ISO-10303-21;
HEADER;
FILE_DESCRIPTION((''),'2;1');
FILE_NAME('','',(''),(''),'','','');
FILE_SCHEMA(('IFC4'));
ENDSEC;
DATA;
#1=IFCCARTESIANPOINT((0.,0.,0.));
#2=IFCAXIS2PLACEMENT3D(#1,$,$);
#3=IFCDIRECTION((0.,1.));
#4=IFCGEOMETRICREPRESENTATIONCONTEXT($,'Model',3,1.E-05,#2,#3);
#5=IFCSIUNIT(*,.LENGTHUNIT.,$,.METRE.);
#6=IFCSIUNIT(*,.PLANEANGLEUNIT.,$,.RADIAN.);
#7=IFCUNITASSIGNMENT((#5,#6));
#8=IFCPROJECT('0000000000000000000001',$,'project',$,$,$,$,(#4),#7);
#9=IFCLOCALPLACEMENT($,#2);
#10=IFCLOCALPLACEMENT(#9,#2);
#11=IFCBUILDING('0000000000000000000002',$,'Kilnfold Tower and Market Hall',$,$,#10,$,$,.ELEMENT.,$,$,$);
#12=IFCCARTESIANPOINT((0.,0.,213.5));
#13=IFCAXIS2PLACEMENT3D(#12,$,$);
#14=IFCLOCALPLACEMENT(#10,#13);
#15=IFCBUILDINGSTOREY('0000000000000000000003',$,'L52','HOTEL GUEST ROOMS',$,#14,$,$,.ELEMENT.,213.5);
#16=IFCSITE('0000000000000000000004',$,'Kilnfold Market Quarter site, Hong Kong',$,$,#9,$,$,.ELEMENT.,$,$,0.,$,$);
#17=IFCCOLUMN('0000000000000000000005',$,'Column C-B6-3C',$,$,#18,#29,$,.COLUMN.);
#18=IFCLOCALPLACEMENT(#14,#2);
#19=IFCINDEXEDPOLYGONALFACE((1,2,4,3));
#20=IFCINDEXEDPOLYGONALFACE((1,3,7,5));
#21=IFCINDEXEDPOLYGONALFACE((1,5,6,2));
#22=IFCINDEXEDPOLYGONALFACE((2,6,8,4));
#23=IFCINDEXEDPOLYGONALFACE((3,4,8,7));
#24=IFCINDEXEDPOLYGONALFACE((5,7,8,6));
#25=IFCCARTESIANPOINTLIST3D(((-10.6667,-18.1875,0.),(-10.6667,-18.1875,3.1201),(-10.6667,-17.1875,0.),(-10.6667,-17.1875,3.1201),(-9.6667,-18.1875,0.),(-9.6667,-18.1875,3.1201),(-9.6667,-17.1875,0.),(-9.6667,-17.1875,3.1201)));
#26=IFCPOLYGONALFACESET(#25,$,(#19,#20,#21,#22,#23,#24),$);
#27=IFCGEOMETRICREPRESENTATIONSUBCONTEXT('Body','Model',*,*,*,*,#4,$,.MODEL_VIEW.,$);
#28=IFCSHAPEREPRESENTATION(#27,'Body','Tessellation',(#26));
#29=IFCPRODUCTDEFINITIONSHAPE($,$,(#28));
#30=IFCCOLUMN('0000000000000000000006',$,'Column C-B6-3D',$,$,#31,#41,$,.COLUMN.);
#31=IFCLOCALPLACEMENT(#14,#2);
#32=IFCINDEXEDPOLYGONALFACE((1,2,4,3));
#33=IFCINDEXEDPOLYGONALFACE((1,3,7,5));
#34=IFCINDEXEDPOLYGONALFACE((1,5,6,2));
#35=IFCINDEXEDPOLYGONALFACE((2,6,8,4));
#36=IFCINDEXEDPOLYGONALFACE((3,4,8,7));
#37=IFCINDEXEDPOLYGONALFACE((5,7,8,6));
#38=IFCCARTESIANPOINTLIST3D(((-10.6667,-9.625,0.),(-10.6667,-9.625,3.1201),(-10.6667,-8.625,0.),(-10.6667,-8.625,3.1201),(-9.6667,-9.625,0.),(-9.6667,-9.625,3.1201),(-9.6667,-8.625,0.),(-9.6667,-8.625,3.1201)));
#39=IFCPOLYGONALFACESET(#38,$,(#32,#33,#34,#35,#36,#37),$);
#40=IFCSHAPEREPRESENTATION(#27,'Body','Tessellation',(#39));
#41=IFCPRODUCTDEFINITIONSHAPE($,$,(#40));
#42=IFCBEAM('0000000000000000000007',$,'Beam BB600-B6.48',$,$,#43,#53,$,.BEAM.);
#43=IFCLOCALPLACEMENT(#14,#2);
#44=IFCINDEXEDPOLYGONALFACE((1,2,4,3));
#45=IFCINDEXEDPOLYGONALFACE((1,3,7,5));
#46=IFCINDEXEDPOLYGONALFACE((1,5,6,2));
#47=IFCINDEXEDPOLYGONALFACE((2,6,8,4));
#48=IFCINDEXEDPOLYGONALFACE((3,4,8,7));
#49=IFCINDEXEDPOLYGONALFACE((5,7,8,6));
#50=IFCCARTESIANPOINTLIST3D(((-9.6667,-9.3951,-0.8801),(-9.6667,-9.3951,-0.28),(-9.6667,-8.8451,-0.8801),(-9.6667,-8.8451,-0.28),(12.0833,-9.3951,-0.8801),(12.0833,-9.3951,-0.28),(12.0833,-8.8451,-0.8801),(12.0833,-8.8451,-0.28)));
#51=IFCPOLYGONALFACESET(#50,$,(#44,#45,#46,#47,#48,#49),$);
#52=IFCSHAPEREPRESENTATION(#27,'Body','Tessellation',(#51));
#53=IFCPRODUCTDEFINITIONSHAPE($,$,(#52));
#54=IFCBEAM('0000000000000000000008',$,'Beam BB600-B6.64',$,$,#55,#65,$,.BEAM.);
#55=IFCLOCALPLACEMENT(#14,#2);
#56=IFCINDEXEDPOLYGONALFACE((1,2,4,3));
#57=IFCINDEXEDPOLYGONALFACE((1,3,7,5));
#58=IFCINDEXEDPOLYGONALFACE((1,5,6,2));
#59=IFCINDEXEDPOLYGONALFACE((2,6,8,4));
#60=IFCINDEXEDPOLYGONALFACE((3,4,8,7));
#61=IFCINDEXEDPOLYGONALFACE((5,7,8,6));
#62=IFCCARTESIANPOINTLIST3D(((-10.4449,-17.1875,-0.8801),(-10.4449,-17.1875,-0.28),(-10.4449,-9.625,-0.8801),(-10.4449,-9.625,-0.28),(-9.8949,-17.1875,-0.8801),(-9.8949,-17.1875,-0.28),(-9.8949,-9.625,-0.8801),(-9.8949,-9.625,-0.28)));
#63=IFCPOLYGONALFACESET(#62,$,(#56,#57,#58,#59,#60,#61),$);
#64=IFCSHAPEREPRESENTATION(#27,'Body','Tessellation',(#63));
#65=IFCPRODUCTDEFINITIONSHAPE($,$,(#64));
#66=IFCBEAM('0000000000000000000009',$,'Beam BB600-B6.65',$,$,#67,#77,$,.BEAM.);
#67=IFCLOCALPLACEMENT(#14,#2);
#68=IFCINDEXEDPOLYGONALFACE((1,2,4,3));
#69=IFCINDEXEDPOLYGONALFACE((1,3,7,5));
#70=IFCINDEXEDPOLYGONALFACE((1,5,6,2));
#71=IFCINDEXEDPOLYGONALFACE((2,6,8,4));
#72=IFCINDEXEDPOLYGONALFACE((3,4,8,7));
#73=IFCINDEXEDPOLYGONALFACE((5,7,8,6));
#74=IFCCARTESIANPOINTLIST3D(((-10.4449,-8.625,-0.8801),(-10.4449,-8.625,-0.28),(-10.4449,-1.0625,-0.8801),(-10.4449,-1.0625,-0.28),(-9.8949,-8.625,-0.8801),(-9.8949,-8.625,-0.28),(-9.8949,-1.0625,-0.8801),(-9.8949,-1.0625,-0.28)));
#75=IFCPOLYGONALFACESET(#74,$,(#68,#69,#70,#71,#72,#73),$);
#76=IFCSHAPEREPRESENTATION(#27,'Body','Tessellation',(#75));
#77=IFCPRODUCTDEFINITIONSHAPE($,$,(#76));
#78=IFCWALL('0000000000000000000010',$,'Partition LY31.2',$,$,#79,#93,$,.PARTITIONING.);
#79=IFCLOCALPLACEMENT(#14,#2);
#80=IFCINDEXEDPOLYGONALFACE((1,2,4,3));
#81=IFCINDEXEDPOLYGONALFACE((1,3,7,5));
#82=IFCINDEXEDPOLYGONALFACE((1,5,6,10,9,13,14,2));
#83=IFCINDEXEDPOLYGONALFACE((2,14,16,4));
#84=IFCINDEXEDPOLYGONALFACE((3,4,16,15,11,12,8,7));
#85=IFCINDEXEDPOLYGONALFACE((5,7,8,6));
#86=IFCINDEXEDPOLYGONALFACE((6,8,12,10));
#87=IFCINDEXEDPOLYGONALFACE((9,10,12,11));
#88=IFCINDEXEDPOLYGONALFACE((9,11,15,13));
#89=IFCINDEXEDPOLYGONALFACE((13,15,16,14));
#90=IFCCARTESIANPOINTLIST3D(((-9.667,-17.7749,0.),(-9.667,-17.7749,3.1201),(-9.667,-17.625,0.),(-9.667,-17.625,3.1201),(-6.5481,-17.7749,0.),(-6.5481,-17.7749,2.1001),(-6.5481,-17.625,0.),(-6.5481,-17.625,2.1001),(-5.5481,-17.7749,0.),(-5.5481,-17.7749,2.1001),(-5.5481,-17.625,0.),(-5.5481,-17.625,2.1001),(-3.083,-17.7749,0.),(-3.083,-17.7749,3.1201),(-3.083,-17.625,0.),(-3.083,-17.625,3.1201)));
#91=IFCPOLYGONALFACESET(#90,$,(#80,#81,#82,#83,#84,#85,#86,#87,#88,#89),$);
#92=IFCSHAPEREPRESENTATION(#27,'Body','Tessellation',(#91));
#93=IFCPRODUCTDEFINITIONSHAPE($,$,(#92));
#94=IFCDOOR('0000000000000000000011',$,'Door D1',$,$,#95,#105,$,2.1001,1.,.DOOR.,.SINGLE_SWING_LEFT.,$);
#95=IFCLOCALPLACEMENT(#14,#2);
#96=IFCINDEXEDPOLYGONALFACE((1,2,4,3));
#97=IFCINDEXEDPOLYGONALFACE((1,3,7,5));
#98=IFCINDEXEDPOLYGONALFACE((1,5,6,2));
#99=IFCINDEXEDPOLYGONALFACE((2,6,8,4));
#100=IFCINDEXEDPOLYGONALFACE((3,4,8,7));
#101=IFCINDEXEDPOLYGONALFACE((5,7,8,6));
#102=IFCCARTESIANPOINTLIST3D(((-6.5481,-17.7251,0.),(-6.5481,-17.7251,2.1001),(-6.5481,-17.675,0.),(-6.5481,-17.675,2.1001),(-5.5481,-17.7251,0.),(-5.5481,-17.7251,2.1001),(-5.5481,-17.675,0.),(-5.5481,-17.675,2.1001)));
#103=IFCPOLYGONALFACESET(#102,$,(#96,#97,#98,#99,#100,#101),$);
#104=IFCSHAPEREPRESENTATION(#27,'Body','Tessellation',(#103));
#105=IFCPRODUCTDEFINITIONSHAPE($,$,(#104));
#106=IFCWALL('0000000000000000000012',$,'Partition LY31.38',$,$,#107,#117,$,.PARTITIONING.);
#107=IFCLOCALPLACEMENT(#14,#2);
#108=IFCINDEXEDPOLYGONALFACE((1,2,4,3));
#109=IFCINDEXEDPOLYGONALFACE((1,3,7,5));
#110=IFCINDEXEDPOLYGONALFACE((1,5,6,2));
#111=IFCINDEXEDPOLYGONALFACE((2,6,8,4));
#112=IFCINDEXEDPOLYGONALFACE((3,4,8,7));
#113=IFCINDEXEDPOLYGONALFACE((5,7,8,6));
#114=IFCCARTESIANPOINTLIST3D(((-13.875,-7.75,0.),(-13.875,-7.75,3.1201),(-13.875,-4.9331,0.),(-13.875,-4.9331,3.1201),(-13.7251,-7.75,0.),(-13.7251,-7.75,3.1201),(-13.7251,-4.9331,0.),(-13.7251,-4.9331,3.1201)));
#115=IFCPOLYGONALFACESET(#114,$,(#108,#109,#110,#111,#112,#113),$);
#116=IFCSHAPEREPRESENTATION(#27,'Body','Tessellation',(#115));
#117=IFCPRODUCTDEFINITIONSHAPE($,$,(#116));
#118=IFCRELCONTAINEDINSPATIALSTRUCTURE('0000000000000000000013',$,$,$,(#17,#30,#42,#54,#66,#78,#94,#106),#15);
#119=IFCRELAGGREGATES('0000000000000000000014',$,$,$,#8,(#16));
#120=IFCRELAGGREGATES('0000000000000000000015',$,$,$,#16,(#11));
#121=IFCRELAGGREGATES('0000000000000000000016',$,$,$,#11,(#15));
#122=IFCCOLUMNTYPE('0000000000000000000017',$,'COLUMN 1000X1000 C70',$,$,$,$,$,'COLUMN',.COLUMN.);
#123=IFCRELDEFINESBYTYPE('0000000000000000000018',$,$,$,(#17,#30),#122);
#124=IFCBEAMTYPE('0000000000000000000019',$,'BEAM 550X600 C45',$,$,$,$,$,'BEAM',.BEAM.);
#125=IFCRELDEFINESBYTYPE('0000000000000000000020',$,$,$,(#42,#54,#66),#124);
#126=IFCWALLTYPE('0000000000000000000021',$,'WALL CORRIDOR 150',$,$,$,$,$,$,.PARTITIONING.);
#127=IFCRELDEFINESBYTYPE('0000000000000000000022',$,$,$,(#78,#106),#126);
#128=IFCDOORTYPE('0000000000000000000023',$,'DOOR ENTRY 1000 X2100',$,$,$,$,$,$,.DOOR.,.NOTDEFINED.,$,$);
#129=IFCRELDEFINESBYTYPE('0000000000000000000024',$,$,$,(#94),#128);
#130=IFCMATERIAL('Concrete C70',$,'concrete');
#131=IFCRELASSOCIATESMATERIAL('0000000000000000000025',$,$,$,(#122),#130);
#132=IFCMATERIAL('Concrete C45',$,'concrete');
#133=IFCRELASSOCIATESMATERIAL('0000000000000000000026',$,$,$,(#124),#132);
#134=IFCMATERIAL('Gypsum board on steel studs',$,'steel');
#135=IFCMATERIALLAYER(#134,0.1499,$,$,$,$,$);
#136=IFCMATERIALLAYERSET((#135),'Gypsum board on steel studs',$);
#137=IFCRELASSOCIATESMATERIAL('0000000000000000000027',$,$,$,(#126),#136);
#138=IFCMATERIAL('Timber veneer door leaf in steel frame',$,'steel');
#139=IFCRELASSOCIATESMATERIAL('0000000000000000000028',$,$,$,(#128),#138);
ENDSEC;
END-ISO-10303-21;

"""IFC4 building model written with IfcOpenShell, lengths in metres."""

from ifc_helpers import new_model, si_unit, direction, frame, frame_2d, origin, origin_2d, place, context, subcontext, project, spatial, rectangle, extrude, source, transform, mapped, material, layer, layer_set, material_profile, profile_set, type_object, element, fill, save


model = new_model("IFC4")

# Units and contexts
model_context = context("Model", 3, precision=1e-05, world=origin(), true_north=direction((0.0, 1.0)))
body_context = subcontext(model_context, "Body", "Model", "MODEL_VIEW")
ifc_project = project(units=[si_unit("LENGTHUNIT", "METRE"), si_unit("PLANEANGLEUNIT", "RADIAN")], contexts=[model_context])

# Site, building, storey
site_placement = place(None, origin())
site = spatial("IfcSite", under=ifc_project, at=site_placement, Name="Kilnfold Market Quarter site, Hong Kong", CompositionType="ELEMENT", RefElevation=0.0)
building_placement = place(site_placement, origin())
building = spatial("IfcBuilding", under=site, at=building_placement, Name="Kilnfold Tower and Market Hall", CompositionType="ELEMENT")
storey_placement = place(building_placement, frame((0.0, 0.0, 213.5)))
storey = spatial("IfcBuildingStorey", under=building, at=storey_placement, Name="L52", Description="HOTEL GUEST ROOMS", CompositionType="ELEMENT", Elevation=213.5)

# Columns
ifc_material_1 = material(Name="Concrete C70", Category="concrete")
ifc_material_profile_1 = material_profile(ifc_material_1, rectangle(XDim=1.0, YDim=1.0, at=origin_2d()), Name="RC 1000x1000")
ifc_profile_set_1 = profile_set([ifc_material_profile_1], Name="Concrete C70")
column_type = type_object("IfcColumnType", Name="COLUMN 1000X1000 C70", ElementType="COLUMN", PredefinedType="COLUMN", material=ifc_profile_set_1)
shared_shape_1 = source(origin(), body_context, "Body", "SweptSolid", [
    extrude(rectangle(XDim=1.0, YDim=1.0, at=origin_2d()), origin(), (0.0, 0.0, 1.0), 3.1201),
])
for number, where, z_axis, x_axis, name in (
    (1, (-10.1667, -17.6875, 0.0), (0.0, 0.0, 1.0), (1.0, 0.0, 0.0), "Column C-B6-3C"),
    (2, (-10.1667, -9.125, 0.0), (0.0, 0.0, 1.0), (1.0, 0.0, 0.0), "Column C-B6-3D"),
):
    element("IfcColumn", number, at=place(storey_placement, frame(where, z_axis=z_axis, x_axis=x_axis)), inside=storey, type_object=column_type, Name=name, PredefinedType="COLUMN", context=body_context, shape_type="MappedRepresentation", body=[
        mapped(shared_shape_1, transform((0.0, 0.0, 0.0))),
    ])

# Beams
ifc_material_2 = material(Name="Concrete C45", Category="concrete")
ifc_material_profile_2 = material_profile(ifc_material_2, rectangle(XDim=0.55, YDim=0.6001, at=origin_2d()), Name="RC 550x600")
ifc_profile_set_2 = profile_set([ifc_material_profile_2], Name="Concrete C45")
beam_type = type_object("IfcBeamType", Name="BEAM 550X600 C45", ElementType="BEAM", PredefinedType="BEAM", material=ifc_profile_set_2)
shared_shape_2 = source(origin(), body_context, "Body", "SweptSolid", [
    extrude(rectangle(XDim=0.55, YDim=0.6001, at=origin_2d()), origin(), (0.0, 0.0, 1.0), 21.75),
])
beam_placement = place(storey_placement, frame((-9.6667, -9.1201, -0.5801), z_axis=(1.0, 0.0, 0.0), x_axis=(0.0, 1.0, 0.0)))
element("IfcBeam", 3, at=beam_placement, inside=storey, type_object=beam_type, Name="Beam BB600-B6.48", PredefinedType="BEAM", context=body_context, shape_type="MappedRepresentation", body=[
    mapped(shared_shape_2, transform((0.0, 0.0, 0.0))),
])
shared_shape_3 = source(origin(), body_context, "Body", "SweptSolid", [
    extrude(rectangle(XDim=0.55, YDim=0.6001, at=origin_2d()), origin(), (0.0, 0.0, 1.0), 7.5625),
])
for number, where, z_axis, x_axis, name in (
    (4, (-10.1699, -17.1875, -0.5801), (0.0, 1.0, 0.0), (-1.0, 0.0, 0.0), "Beam BB600-B6.64"),
    (5, (-10.1699, -8.625, -0.5801), (0.0, 1.0, 0.0), (-1.0, 0.0, 0.0), "Beam BB600-B6.65"),
):
    element("IfcBeam", number, at=place(storey_placement, frame(where, z_axis=z_axis, x_axis=x_axis)), inside=storey, type_object=beam_type, Name=name, PredefinedType="BEAM", context=body_context, shape_type="MappedRepresentation", body=[
        mapped(shared_shape_3, transform((0.0, 0.0, 0.0))),
    ])

# Wall, opening, door
ifc_material_3 = material(Name="Gypsum board on steel studs", Category="steel")
ifc_layer_1 = layer(ifc_material_3, 0.1499)
ifc_layer_set_1 = layer_set([ifc_layer_1], Name="Gypsum board on steel studs")
wall_type_1 = type_object("IfcWallType", Name="WALL CORRIDOR 150", PredefinedType="PARTITIONING", material=ifc_layer_set_1)
wall_1_placement = place(storey_placement, frame((-9.667, -17.7, 0.0), z_axis=(0.0, 0.0, 1.0), x_axis=(1.0, 0.0, 0.0)))
wall_1 = element("IfcWall", 6, at=wall_1_placement, inside=storey, type_object=wall_type_1, Name="Partition LY31.2", PredefinedType="PARTITIONING", context=body_context, shape_type="SweptSolid", body=[
    extrude(rectangle(XDim=6.584, YDim=0.1499, at=frame_2d((3.292, 0.0))), origin(), (0.0, 0.0, 1.0), 3.1201),
])
opening_1_placement = place(wall_1_placement, frame((3.1189, 0.0, 0.0)))
opening_1 = element("IfcOpeningElement", 7, at=opening_1_placement, cuts=wall_1, PredefinedType="OPENING", context=body_context, shape_type="SweptSolid", body=[
    extrude(rectangle(XDim=1.0, YDim=2.1001, at=frame_2d((0.5, 1.05))), frame((0.0, 0.085, 0.0), z_axis=(0.0, -1.0, 0.0), x_axis=(1.0, 0.0, 0.0)), (0.0, 0.0, 1.0), 0.1699),
])
ifc_material_4 = material(Name="Timber veneer door leaf in steel frame", Category="steel")
door_type_1 = type_object("IfcDoorType", Name="DOOR ENTRY 1000 X2100", OperationType="NOTDEFINED", PredefinedType="DOOR", material=ifc_material_4)
door_1_placement = place(opening_1_placement, origin())
door_1 = element("IfcDoor", 8, at=door_1_placement, inside=storey, type_object=door_type_1, Name="Door D1", OperationType="SINGLE_SWING_LEFT", OverallHeight=2.1001, OverallWidth=1.0, PredefinedType="DOOR", context=body_context, shape_type="SweptSolid", body=[
    extrude(rectangle(XDim=1.0, YDim=2.1001, at=frame_2d((0.5, 1.05))), frame((0.0, 0.0249, 0.0), z_axis=(0.0, -1.0, 0.0), x_axis=(1.0, 0.0, 0.0)), (0.0, 0.0, 1.0), 0.05),
])
fill(opening_1, door_1)

# Wall
wall_2_placement = place(storey_placement, frame((-13.8, -7.75, 0.0), z_axis=(0.0, 0.0, 1.0), x_axis=(0.0, 1.0, 0.0)))
element("IfcWall", 9, at=wall_2_placement, inside=storey, type_object=wall_type_1, Name="Partition LY31.38", PredefinedType="PARTITIONING", context=body_context, shape_type="SweptSolid", body=[
    extrude(rectangle(XDim=2.8169, YDim=0.1499, at=frame_2d((1.4084, 0.0))), origin(), (0.0, 0.0, 1.0), 3.1201),
])

save(model, "model.ifc")
